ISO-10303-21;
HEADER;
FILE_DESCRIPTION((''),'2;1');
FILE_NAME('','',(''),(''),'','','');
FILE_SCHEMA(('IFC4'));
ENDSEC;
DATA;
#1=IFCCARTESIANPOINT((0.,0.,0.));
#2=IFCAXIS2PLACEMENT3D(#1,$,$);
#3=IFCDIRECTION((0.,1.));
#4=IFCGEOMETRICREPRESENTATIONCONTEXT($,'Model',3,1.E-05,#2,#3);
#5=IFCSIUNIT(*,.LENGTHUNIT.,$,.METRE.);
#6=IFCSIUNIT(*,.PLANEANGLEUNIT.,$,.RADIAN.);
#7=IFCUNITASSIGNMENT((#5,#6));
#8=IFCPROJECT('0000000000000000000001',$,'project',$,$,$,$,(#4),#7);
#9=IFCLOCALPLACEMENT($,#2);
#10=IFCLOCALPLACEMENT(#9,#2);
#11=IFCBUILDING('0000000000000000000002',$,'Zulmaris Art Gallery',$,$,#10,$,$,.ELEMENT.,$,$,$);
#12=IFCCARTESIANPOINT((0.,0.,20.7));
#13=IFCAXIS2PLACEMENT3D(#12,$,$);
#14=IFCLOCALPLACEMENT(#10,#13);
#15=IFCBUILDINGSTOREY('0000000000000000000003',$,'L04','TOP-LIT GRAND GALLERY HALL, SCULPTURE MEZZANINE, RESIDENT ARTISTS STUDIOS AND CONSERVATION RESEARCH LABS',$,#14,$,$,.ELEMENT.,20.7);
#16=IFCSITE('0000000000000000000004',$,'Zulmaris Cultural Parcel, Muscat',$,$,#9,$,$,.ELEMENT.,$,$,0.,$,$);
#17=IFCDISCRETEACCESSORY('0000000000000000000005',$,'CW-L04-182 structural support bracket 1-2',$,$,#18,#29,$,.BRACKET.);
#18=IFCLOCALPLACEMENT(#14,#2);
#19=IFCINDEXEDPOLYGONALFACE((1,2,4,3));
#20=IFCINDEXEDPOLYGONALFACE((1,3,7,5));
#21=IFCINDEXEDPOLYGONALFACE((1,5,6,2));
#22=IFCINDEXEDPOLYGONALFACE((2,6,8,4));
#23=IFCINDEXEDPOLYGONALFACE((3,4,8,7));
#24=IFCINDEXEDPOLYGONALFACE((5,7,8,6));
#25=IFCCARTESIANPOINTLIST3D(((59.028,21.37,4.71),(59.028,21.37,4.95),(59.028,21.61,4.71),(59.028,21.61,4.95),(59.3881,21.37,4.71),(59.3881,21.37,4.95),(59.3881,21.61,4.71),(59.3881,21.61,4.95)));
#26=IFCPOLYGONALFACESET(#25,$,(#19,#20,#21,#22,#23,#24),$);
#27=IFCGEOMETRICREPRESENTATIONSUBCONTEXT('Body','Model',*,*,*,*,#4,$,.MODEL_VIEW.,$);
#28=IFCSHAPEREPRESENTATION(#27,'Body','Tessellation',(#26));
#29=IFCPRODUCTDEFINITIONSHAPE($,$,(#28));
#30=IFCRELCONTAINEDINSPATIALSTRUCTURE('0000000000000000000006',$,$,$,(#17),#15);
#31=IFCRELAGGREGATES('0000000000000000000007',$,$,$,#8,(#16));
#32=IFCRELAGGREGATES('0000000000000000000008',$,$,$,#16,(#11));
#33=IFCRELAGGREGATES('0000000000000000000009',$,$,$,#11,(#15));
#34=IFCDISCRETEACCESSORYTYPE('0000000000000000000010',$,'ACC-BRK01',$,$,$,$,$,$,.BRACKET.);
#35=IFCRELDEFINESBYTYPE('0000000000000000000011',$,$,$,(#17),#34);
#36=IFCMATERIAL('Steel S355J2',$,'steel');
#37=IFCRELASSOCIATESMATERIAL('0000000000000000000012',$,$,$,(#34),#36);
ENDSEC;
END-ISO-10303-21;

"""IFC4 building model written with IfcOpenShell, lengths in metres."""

from ifc_helpers import new_model, si_unit, direction, frame, origin, origin_2d, place, context, subcontext, project, spatial, rectangle, extrude, material, type_object, element, save


model = new_model("IFC4")

# Units and contexts
model_context = context("Model", 3, precision=1e-05, world=origin(), true_north=direction((0.0, 1.0)))
body_context = subcontext(model_context, "Body", "Model", "MODEL_VIEW")
ifc_project = project(units=[si_unit("LENGTHUNIT", "METRE"), si_unit("PLANEANGLEUNIT", "RADIAN")], contexts=[model_context])

# Site, building, storey
site_placement = place(None, origin())
site = spatial("IfcSite", under=ifc_project, at=site_placement, Name="Zulmaris Cultural Parcel, Muscat", CompositionType="ELEMENT", RefElevation=0.0)
building_placement = place(site_placement, origin())
building = spatial("IfcBuilding", under=site, at=building_placement, Name="Zulmaris Art Gallery", CompositionType="ELEMENT")
storey_placement = place(building_placement, frame((0.0, 0.0, 20.7)))
storey = spatial("IfcBuildingStorey", under=building, at=storey_placement, Name="L04", Description="TOP-LIT GRAND GALLERY HALL, SCULPTURE MEZZANINE, RESIDENT ARTISTS STUDIOS AND CONSERVATION RESEARCH LABS", CompositionType="ELEMENT", Elevation=20.7)

# Discrete accessory
ifc_material_1 = material(Name="Steel S355J2", Category="steel")
discrete_accessory_type = type_object("IfcDiscreteAccessoryType", Name="ACC-BRK01", PredefinedType="BRACKET", material=ifc_material_1)
for number, where, z_axis, x_axis, name in (
    (1, (59.208, 21.49, 4.71), (0.0, 0.0, 1.0), (1.0, 0.0, 0.0), "CW-L04-182 structural support bracket 1-2"),
):
    element("IfcDiscreteAccessory", number, at=place(storey_placement, frame(where, z_axis=z_axis, x_axis=x_axis)), inside=storey, type_object=discrete_accessory_type, Name=name, PredefinedType="BRACKET", context=body_context, shape_type="SweptSolid", body=[
        extrude(rectangle(XDim=0.3601, YDim=0.24, at=origin_2d()), origin(), (0.0, 0.0, 1.0), 0.24),
    ])

save(model, "model.ifc")
